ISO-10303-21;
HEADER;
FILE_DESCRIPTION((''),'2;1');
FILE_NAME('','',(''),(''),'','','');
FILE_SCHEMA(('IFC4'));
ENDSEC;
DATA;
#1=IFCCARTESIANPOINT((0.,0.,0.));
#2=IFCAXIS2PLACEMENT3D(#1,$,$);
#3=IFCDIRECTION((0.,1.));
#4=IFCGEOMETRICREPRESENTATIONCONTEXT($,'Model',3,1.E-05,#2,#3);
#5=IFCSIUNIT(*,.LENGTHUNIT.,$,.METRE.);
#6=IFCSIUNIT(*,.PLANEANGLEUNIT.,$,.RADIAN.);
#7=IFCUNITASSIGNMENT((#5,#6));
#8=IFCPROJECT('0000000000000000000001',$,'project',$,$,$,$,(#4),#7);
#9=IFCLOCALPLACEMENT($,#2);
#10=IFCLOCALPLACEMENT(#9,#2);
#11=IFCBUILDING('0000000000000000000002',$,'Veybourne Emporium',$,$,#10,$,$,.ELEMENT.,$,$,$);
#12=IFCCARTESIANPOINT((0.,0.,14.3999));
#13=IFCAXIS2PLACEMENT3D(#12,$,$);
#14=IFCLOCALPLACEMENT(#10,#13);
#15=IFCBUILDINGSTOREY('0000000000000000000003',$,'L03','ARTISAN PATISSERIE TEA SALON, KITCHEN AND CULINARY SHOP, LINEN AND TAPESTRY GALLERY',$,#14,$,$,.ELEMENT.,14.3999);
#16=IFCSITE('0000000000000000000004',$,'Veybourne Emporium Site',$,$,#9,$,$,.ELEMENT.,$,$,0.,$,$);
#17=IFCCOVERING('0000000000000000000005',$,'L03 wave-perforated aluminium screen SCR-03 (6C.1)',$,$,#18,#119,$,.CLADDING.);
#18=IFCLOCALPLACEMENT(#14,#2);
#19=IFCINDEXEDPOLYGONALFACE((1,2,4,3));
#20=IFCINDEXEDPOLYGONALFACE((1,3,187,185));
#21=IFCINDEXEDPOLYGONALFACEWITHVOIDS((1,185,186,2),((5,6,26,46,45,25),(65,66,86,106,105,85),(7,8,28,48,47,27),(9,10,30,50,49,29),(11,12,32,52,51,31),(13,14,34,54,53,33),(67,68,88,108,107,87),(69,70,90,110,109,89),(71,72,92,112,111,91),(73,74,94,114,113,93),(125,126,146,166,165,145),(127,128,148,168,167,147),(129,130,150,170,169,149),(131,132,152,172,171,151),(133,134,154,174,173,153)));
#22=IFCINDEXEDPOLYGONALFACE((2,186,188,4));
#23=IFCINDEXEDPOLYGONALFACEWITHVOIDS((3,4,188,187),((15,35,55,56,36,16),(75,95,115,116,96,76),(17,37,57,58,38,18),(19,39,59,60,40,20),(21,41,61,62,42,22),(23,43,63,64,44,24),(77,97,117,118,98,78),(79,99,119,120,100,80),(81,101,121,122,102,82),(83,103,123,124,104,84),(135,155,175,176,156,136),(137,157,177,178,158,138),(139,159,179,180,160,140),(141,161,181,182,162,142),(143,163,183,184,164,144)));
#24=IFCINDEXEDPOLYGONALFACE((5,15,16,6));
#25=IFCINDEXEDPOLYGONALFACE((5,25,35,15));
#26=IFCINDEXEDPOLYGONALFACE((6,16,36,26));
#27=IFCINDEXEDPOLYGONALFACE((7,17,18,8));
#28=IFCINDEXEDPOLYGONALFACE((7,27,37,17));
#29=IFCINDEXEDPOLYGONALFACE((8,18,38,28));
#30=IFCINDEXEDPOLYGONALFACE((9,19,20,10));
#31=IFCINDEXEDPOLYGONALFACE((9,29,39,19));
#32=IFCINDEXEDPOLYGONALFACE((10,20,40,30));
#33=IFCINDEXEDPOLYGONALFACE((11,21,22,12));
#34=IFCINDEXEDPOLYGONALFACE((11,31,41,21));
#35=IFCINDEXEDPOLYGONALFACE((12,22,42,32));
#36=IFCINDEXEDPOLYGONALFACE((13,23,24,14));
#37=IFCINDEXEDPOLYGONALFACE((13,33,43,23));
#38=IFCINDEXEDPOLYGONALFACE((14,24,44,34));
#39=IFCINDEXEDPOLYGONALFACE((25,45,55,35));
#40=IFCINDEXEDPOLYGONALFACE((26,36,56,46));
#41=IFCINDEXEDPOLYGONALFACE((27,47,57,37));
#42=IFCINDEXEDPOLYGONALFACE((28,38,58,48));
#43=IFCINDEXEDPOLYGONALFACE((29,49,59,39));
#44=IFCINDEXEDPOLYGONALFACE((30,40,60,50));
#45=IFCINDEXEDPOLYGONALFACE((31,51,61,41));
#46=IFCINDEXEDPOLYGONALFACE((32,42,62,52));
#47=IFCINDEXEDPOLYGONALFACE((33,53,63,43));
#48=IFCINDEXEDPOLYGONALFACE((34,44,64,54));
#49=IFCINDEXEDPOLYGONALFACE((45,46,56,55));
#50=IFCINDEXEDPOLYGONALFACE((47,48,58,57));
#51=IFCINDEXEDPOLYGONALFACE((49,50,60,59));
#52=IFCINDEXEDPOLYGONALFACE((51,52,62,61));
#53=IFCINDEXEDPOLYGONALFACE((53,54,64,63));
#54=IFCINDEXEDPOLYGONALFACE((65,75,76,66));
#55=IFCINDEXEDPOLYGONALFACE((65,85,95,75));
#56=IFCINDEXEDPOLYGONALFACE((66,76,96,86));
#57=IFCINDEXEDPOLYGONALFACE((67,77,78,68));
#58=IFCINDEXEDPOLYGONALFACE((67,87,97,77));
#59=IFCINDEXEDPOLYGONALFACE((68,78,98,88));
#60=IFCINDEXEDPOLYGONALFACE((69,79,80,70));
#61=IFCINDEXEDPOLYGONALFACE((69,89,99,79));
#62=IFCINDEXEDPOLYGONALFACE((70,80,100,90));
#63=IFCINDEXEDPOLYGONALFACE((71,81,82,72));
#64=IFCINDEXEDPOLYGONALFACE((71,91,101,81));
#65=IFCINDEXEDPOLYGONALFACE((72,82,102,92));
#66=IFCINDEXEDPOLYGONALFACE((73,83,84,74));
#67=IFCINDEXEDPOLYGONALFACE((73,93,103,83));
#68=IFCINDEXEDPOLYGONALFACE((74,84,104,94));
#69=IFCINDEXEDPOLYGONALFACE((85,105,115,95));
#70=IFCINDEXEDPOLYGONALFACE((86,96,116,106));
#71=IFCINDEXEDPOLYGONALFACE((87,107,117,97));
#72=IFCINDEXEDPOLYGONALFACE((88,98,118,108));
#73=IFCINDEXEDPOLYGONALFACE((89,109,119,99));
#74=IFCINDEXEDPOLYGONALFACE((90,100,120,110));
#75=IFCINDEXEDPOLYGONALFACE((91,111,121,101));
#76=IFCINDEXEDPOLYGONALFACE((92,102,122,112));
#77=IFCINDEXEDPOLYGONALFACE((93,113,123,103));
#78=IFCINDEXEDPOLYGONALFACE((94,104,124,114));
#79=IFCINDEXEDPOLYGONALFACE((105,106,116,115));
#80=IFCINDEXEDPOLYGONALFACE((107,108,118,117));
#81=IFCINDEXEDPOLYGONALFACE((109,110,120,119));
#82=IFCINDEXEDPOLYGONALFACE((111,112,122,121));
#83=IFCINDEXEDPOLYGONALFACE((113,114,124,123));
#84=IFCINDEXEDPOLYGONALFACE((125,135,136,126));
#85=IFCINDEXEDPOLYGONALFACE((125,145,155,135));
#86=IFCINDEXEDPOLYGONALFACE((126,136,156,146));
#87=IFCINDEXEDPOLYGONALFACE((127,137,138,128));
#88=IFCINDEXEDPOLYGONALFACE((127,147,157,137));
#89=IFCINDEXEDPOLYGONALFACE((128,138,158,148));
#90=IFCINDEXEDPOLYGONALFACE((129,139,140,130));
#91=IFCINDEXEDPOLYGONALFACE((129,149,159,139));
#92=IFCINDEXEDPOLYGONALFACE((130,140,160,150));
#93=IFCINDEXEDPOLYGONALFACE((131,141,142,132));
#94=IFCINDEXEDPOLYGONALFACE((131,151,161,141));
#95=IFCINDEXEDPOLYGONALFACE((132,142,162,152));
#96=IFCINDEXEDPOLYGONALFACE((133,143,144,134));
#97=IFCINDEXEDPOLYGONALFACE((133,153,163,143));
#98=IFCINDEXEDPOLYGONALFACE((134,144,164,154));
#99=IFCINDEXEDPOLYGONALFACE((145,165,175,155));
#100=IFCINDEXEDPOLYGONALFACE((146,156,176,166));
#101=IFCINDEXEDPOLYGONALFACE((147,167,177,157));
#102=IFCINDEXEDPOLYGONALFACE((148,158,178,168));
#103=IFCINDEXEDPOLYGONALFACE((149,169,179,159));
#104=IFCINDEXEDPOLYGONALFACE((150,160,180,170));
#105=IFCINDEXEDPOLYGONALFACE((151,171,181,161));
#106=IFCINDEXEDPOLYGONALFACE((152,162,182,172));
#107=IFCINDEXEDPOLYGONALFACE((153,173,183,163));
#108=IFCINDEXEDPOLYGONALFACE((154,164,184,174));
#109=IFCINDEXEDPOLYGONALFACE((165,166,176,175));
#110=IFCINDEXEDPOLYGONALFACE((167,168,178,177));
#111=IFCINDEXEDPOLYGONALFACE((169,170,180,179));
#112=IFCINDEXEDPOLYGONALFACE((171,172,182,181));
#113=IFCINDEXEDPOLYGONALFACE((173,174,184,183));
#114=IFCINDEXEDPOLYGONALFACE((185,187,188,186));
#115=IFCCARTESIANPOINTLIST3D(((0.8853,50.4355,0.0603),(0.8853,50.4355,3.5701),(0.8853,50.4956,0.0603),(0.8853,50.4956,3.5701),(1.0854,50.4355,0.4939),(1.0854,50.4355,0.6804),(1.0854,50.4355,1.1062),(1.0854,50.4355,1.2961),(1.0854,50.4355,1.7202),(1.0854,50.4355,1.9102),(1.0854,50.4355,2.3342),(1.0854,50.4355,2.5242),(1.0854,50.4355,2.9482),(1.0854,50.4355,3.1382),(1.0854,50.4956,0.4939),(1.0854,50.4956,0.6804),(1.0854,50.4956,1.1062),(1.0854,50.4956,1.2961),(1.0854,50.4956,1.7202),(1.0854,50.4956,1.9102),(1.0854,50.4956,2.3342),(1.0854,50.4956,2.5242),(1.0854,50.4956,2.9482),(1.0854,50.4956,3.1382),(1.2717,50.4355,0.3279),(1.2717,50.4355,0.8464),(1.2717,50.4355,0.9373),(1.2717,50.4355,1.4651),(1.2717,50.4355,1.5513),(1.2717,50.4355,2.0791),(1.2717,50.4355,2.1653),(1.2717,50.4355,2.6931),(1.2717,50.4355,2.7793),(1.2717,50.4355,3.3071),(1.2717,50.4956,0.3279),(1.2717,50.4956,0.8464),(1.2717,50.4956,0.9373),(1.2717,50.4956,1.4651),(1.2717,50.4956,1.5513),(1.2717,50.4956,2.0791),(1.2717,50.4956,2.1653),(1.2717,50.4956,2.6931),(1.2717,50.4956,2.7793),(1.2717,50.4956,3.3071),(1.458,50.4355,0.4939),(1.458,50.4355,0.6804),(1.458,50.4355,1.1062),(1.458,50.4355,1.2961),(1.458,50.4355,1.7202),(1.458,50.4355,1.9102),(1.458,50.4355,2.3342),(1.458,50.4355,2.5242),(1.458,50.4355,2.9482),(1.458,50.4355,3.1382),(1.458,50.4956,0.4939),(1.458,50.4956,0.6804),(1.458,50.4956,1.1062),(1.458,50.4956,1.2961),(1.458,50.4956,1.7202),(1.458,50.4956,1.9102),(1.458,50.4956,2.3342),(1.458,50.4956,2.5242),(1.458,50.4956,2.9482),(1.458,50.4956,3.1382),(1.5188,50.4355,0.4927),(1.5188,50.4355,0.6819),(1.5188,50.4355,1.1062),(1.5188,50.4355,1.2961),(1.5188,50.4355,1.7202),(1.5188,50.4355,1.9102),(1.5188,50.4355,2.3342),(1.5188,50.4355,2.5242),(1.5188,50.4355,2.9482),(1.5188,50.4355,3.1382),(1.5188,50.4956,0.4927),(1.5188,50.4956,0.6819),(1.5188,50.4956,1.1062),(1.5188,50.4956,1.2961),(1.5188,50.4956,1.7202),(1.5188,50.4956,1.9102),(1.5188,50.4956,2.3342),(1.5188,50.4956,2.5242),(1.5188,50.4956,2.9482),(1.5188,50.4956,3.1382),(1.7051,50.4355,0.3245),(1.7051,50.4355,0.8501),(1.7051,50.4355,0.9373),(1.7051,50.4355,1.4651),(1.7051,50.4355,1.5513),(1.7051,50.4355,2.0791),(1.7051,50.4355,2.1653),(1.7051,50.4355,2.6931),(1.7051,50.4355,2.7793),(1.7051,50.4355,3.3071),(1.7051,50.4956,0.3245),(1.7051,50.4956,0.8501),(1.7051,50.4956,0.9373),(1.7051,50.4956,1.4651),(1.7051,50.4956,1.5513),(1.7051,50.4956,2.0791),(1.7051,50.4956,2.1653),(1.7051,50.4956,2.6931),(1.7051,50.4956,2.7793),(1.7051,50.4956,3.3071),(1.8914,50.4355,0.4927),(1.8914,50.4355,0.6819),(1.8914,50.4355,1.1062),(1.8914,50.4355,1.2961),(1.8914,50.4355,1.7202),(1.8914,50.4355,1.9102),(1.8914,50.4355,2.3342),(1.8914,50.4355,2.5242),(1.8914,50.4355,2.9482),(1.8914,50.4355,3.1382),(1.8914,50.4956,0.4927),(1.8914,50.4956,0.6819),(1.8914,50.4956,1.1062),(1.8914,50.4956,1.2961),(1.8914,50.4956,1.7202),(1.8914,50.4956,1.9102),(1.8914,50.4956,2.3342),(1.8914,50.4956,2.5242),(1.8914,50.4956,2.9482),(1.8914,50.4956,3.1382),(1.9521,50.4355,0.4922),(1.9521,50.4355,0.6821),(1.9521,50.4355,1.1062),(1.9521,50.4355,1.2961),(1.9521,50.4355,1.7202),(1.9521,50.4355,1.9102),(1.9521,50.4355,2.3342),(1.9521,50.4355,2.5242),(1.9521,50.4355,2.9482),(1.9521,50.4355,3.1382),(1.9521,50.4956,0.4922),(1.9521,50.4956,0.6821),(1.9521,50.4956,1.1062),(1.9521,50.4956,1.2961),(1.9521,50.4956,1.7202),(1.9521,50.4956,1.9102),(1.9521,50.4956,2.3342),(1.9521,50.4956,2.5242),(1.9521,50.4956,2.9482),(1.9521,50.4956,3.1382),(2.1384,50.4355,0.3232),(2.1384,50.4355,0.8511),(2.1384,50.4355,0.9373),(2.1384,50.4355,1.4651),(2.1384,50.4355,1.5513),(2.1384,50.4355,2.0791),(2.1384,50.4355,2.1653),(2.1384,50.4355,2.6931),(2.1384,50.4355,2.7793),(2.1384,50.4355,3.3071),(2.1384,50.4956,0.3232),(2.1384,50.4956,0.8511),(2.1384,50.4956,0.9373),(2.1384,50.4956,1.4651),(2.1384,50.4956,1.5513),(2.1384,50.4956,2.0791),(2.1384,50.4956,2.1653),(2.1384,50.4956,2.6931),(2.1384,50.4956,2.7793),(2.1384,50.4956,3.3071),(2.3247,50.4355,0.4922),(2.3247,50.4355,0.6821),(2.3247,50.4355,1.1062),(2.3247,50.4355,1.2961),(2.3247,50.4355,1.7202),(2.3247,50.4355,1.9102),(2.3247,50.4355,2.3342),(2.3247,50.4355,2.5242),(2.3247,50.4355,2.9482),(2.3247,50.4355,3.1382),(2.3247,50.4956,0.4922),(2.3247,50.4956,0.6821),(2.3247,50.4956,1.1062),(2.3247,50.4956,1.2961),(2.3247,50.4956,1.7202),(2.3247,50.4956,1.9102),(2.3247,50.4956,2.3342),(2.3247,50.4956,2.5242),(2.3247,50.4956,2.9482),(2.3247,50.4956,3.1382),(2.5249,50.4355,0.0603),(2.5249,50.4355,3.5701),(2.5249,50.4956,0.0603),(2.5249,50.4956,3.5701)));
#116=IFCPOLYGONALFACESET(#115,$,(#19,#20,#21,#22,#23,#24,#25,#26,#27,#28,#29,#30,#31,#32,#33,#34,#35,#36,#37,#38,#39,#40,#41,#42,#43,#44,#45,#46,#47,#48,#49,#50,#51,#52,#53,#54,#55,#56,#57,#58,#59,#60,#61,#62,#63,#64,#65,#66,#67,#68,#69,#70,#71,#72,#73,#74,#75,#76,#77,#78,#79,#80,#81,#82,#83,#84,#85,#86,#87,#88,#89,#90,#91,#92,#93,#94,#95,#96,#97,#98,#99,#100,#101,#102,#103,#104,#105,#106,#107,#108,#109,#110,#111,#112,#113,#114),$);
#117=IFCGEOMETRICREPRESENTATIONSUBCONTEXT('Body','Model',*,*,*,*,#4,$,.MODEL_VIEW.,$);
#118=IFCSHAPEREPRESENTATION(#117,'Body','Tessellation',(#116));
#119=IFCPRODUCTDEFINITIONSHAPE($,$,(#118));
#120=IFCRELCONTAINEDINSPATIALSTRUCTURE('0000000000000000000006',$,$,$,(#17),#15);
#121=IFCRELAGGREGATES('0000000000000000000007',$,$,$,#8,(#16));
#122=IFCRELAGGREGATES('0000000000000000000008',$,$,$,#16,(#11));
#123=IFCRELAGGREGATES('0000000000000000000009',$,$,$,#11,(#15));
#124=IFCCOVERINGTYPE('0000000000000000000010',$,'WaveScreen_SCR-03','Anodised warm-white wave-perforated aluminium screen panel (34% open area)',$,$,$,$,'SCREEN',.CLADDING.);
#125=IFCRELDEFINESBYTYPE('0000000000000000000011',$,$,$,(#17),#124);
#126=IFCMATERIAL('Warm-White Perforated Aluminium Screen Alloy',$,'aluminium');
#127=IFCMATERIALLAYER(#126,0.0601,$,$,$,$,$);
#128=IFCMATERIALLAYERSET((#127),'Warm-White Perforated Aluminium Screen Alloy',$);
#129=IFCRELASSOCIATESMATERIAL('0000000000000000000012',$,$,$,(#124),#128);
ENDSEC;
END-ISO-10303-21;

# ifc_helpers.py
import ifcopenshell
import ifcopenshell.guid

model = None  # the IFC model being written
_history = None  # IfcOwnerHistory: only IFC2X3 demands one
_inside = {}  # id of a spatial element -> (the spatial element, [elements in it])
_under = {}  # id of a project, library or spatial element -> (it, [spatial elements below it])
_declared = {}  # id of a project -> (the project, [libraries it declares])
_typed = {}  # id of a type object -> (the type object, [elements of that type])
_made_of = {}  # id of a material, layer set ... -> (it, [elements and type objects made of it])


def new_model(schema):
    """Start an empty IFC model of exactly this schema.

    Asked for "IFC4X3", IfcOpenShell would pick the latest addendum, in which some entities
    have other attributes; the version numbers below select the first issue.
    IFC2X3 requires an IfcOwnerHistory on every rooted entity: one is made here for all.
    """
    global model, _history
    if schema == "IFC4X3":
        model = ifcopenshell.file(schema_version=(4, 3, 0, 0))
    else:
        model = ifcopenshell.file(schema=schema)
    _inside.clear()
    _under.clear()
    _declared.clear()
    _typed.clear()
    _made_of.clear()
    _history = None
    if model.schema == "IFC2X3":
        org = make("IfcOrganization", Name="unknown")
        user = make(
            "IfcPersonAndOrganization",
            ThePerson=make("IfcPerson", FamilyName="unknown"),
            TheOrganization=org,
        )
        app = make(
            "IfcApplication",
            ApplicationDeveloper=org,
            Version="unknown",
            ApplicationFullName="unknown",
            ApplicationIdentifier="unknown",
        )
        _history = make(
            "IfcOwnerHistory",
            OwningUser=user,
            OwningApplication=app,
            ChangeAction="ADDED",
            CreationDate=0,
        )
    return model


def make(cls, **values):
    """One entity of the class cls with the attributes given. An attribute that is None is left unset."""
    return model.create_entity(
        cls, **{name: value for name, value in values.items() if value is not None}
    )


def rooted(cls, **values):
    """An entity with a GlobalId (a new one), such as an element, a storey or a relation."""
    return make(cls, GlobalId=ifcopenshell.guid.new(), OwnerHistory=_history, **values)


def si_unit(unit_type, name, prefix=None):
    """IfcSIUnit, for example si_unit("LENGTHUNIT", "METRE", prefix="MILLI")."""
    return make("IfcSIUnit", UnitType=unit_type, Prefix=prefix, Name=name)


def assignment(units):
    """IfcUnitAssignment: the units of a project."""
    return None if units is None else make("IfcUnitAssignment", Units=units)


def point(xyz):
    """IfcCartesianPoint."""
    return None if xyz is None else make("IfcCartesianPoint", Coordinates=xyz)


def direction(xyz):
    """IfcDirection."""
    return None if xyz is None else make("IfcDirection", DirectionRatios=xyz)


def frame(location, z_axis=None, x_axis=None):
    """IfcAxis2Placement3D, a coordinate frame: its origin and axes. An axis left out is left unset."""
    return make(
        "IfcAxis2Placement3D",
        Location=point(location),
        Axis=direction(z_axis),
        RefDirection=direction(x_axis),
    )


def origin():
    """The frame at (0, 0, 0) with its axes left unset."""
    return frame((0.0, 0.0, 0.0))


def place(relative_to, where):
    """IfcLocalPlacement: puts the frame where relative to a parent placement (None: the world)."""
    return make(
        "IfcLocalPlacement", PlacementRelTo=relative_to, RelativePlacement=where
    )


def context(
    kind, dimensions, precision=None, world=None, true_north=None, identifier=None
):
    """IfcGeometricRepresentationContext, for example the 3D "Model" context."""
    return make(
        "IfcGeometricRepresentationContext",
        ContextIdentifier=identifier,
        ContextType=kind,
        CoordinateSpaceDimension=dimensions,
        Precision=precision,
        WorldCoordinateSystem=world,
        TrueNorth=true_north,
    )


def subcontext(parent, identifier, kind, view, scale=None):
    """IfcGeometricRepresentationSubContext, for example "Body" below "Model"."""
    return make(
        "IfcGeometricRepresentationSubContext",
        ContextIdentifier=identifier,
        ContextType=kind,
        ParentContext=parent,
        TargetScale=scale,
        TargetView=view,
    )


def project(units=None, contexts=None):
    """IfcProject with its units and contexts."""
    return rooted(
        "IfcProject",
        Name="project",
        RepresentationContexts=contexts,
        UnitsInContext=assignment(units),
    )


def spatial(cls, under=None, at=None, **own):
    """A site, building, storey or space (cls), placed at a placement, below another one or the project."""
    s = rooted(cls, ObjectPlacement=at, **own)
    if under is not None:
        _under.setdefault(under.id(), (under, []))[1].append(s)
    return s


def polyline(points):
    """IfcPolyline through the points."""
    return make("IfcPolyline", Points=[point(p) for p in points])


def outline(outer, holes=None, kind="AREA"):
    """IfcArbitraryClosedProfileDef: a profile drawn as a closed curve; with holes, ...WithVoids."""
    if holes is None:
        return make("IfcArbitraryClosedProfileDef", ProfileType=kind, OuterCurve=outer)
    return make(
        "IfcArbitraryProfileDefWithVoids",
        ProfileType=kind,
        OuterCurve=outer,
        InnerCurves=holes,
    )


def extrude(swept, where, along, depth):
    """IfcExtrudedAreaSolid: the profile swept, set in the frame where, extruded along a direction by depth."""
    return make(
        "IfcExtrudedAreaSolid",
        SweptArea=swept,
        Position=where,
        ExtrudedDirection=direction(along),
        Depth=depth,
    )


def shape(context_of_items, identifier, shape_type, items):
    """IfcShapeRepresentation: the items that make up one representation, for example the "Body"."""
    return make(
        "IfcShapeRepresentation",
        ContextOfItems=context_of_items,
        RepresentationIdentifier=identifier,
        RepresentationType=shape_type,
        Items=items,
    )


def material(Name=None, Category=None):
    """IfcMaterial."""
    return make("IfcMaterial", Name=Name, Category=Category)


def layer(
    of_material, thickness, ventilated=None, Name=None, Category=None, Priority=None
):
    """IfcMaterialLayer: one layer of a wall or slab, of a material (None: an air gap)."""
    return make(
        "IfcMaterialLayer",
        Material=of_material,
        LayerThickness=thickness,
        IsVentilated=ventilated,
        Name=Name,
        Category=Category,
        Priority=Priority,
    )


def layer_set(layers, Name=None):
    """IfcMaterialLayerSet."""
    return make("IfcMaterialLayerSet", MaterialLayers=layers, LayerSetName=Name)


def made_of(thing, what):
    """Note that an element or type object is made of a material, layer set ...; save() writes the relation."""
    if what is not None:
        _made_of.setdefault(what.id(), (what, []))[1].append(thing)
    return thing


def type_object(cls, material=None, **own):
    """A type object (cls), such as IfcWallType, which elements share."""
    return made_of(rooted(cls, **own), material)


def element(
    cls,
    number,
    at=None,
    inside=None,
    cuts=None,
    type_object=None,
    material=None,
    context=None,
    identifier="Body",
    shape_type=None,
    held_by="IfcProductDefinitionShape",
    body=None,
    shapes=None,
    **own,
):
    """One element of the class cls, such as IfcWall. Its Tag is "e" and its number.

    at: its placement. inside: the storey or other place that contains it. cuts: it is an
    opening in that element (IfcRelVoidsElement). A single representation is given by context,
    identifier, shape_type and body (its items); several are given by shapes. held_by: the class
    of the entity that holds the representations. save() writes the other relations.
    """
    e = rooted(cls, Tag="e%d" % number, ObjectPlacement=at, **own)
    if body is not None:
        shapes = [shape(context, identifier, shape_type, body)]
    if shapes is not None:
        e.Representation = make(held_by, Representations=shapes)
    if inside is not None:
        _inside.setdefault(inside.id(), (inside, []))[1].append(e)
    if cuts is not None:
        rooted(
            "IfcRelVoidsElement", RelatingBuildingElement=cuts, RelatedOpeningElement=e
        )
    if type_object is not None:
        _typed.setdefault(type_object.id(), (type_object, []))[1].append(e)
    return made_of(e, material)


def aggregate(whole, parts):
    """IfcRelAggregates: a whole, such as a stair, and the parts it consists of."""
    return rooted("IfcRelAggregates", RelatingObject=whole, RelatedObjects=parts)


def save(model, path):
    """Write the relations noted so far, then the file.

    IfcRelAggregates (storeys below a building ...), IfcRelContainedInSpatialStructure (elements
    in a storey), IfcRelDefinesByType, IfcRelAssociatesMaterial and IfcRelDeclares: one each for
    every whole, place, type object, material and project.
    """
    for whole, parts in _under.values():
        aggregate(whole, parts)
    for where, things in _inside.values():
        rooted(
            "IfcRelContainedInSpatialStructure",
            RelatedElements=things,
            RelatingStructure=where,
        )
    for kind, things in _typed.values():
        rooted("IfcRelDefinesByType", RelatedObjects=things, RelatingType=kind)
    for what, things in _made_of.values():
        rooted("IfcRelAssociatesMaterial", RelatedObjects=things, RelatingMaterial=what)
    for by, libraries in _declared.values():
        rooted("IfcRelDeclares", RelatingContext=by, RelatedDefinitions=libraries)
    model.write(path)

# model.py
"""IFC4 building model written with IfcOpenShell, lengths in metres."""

from ifc_helpers import new_model, si_unit, direction, frame, origin, place, context, subcontext, project, spatial, polyline, outline, extrude, material, layer, layer_set, type_object, element, save


model = new_model("IFC4")

# Units and contexts
model_context = context("Model", 3, precision=1e-05, world=origin(), true_north=direction((0.0, 1.0)))
body_context = subcontext(model_context, "Body", "Model", "MODEL_VIEW")
ifc_project = project(units=[si_unit("LENGTHUNIT", "METRE"), si_unit("PLANEANGLEUNIT", "RADIAN")], contexts=[model_context])

# Site, building, storey
site_placement = place(None, origin())
site = spatial("IfcSite", under=ifc_project, at=site_placement, Name="Veybourne Emporium Site", CompositionType="ELEMENT", RefElevation=0.0)
building_placement = place(site_placement, origin())
building = spatial("IfcBuilding", under=site, at=building_placement, Name="Veybourne Emporium", CompositionType="ELEMENT")
storey_placement = place(building_placement, frame((0.0, 0.0, 14.3999)))
storey = spatial("IfcBuildingStorey", under=building, at=storey_placement, Name="L03", Description="ARTISAN PATISSERIE TEA SALON, KITCHEN AND CULINARY SHOP, LINEN AND TAPESTRY GALLERY", CompositionType="ELEMENT", Elevation=14.3999)

# Covering
ifc_material_1 = material(Name="Warm-White Perforated Aluminium Screen Alloy", Category="aluminium")
ifc_layer_1 = layer(ifc_material_1, 0.0601)
ifc_layer_set_1 = layer_set([ifc_layer_1], Name="Warm-White Perforated Aluminium Screen Alloy")
covering_type_1 = type_object("IfcCoveringType", Name="WaveScreen_SCR-03", Description="Anodised warm-white wave-perforated aluminium screen panel (34% open area)", ElementType="SCREEN", PredefinedType="CLADDING", material=ifc_layer_set_1)
covering_1_placement = place(storey_placement, frame((1.7051, 50.4956, 1.8152), z_axis=(0.0, -1.0, 0.0), x_axis=(1.0, 0.0, 0.0)))
element("IfcCovering", 1, at=covering_1_placement, inside=storey, type_object=covering_type_1, Name="L03 wave-perforated aluminium screen SCR-03 (6C.1)", PredefinedType="CLADDING", context=body_context, shape_type="SweptSolid", body=[
    extrude(outline(polyline([(-0.8198, -1.7549), (0.8198, -1.7549), (0.8198, 1.7549), (-0.8198, 1.7549), (-0.8198, -1.7549)]), holes=[polyline([(-0.4333, -0.9688), (-0.2471, -1.1348), (-0.2471, -1.3213), (-0.4333, -1.4873), (-0.6196, -1.3213), (-0.6196, -1.1348), (-0.4333, -0.9688)]), polyline([(-0.4333, -0.3501), (-0.2471, -0.519), (-0.2471, -0.709), (-0.4333, -0.8779), (-0.6196, -0.709), (-0.6196, -0.519), (-0.4333, -0.3501)]), polyline([(-0.4333, 0.2639), (-0.2471, 0.095), (-0.2471, -0.095), (-0.4333, -0.2639), (-0.6196, -0.095), (-0.6196, 0.095), (-0.4333, 0.2639)]), polyline([(-0.4333, 0.8779), (-0.2471, 0.709), (-0.2471, 0.519), (-0.4333, 0.3501), (-0.6196, 0.519), (-0.6196, 0.709), (-0.4333, 0.8779)]), polyline([(-0.4333, 1.4919), (-0.2471, 1.323), (-0.2471, 1.1331), (-0.4333, 0.9641), (-0.6196, 1.1331), (-0.6196, 1.323), (-0.4333, 1.4919)]), polyline([(0.0, -0.9651), (0.1863, -1.1333), (0.1863, -1.3225), (0.0, -1.4907), (-0.1863, -1.3225), (-0.1863, -1.1333), (0.0, -0.9651)]), polyline([(0.0, -0.3501), (0.1863, -0.519), (0.1863, -0.709), (0.0, -0.8779), (-0.1863, -0.709), (-0.1863, -0.519), (0.0, -0.3501)]), polyline([(0.0, 0.2639), (0.1863, 0.095), (0.1863, -0.095), (0.0, -0.2639), (-0.1863, -0.095), (-0.1863, 0.095), (0.0, 0.2639)]), polyline([(0.0, 0.8779), (0.1863, 0.709), (0.1863, 0.519), (0.0, 0.3501), (-0.1863, 0.519), (-0.1863, 0.709), (0.0, 0.8779)]), polyline([(0.0, 1.4919), (0.1863, 1.323), (0.1863, 1.1331), (0.0, 0.9641), (-0.1863, 1.1331), (-0.1863, 1.323), (0.0, 1.4919)]), polyline([(0.4333, -0.9641), (0.6196, -1.1331), (0.6196, -1.323), (0.4333, -1.4919), (0.2471, -1.323), (0.2471, -1.1331), (0.4333, -0.9641)]), polyline([(0.4333, -0.3501), (0.6196, -0.519), (0.6196, -0.709), (0.4333, -0.8779), (0.2471, -0.709), (0.2471, -0.519), (0.4333, -0.3501)]), polyline([(0.4333, 0.2639), (0.6196, 0.095), (0.6196, -0.095), (0.4333, -0.2639), (0.2471, -0.095), (0.2471, 0.095), (0.4333, 0.2639)]), polyline([(0.4333, 0.8779), (0.6196, 0.709), (0.6196, 0.519), (0.4333, 0.3501), (0.2471, 0.519), (0.2471, 0.709), (0.4333, 0.8779)]), polyline([(0.4333, 1.4919), (0.6196, 1.323), (0.6196, 1.1331), (0.4333, 0.9641), (0.2471, 1.1331), (0.2471, 1.323), (0.4333, 1.4919)])]), origin(), (0.0, 0.0, 1.0), 0.0601),
])

save(model, "model.ifc")
